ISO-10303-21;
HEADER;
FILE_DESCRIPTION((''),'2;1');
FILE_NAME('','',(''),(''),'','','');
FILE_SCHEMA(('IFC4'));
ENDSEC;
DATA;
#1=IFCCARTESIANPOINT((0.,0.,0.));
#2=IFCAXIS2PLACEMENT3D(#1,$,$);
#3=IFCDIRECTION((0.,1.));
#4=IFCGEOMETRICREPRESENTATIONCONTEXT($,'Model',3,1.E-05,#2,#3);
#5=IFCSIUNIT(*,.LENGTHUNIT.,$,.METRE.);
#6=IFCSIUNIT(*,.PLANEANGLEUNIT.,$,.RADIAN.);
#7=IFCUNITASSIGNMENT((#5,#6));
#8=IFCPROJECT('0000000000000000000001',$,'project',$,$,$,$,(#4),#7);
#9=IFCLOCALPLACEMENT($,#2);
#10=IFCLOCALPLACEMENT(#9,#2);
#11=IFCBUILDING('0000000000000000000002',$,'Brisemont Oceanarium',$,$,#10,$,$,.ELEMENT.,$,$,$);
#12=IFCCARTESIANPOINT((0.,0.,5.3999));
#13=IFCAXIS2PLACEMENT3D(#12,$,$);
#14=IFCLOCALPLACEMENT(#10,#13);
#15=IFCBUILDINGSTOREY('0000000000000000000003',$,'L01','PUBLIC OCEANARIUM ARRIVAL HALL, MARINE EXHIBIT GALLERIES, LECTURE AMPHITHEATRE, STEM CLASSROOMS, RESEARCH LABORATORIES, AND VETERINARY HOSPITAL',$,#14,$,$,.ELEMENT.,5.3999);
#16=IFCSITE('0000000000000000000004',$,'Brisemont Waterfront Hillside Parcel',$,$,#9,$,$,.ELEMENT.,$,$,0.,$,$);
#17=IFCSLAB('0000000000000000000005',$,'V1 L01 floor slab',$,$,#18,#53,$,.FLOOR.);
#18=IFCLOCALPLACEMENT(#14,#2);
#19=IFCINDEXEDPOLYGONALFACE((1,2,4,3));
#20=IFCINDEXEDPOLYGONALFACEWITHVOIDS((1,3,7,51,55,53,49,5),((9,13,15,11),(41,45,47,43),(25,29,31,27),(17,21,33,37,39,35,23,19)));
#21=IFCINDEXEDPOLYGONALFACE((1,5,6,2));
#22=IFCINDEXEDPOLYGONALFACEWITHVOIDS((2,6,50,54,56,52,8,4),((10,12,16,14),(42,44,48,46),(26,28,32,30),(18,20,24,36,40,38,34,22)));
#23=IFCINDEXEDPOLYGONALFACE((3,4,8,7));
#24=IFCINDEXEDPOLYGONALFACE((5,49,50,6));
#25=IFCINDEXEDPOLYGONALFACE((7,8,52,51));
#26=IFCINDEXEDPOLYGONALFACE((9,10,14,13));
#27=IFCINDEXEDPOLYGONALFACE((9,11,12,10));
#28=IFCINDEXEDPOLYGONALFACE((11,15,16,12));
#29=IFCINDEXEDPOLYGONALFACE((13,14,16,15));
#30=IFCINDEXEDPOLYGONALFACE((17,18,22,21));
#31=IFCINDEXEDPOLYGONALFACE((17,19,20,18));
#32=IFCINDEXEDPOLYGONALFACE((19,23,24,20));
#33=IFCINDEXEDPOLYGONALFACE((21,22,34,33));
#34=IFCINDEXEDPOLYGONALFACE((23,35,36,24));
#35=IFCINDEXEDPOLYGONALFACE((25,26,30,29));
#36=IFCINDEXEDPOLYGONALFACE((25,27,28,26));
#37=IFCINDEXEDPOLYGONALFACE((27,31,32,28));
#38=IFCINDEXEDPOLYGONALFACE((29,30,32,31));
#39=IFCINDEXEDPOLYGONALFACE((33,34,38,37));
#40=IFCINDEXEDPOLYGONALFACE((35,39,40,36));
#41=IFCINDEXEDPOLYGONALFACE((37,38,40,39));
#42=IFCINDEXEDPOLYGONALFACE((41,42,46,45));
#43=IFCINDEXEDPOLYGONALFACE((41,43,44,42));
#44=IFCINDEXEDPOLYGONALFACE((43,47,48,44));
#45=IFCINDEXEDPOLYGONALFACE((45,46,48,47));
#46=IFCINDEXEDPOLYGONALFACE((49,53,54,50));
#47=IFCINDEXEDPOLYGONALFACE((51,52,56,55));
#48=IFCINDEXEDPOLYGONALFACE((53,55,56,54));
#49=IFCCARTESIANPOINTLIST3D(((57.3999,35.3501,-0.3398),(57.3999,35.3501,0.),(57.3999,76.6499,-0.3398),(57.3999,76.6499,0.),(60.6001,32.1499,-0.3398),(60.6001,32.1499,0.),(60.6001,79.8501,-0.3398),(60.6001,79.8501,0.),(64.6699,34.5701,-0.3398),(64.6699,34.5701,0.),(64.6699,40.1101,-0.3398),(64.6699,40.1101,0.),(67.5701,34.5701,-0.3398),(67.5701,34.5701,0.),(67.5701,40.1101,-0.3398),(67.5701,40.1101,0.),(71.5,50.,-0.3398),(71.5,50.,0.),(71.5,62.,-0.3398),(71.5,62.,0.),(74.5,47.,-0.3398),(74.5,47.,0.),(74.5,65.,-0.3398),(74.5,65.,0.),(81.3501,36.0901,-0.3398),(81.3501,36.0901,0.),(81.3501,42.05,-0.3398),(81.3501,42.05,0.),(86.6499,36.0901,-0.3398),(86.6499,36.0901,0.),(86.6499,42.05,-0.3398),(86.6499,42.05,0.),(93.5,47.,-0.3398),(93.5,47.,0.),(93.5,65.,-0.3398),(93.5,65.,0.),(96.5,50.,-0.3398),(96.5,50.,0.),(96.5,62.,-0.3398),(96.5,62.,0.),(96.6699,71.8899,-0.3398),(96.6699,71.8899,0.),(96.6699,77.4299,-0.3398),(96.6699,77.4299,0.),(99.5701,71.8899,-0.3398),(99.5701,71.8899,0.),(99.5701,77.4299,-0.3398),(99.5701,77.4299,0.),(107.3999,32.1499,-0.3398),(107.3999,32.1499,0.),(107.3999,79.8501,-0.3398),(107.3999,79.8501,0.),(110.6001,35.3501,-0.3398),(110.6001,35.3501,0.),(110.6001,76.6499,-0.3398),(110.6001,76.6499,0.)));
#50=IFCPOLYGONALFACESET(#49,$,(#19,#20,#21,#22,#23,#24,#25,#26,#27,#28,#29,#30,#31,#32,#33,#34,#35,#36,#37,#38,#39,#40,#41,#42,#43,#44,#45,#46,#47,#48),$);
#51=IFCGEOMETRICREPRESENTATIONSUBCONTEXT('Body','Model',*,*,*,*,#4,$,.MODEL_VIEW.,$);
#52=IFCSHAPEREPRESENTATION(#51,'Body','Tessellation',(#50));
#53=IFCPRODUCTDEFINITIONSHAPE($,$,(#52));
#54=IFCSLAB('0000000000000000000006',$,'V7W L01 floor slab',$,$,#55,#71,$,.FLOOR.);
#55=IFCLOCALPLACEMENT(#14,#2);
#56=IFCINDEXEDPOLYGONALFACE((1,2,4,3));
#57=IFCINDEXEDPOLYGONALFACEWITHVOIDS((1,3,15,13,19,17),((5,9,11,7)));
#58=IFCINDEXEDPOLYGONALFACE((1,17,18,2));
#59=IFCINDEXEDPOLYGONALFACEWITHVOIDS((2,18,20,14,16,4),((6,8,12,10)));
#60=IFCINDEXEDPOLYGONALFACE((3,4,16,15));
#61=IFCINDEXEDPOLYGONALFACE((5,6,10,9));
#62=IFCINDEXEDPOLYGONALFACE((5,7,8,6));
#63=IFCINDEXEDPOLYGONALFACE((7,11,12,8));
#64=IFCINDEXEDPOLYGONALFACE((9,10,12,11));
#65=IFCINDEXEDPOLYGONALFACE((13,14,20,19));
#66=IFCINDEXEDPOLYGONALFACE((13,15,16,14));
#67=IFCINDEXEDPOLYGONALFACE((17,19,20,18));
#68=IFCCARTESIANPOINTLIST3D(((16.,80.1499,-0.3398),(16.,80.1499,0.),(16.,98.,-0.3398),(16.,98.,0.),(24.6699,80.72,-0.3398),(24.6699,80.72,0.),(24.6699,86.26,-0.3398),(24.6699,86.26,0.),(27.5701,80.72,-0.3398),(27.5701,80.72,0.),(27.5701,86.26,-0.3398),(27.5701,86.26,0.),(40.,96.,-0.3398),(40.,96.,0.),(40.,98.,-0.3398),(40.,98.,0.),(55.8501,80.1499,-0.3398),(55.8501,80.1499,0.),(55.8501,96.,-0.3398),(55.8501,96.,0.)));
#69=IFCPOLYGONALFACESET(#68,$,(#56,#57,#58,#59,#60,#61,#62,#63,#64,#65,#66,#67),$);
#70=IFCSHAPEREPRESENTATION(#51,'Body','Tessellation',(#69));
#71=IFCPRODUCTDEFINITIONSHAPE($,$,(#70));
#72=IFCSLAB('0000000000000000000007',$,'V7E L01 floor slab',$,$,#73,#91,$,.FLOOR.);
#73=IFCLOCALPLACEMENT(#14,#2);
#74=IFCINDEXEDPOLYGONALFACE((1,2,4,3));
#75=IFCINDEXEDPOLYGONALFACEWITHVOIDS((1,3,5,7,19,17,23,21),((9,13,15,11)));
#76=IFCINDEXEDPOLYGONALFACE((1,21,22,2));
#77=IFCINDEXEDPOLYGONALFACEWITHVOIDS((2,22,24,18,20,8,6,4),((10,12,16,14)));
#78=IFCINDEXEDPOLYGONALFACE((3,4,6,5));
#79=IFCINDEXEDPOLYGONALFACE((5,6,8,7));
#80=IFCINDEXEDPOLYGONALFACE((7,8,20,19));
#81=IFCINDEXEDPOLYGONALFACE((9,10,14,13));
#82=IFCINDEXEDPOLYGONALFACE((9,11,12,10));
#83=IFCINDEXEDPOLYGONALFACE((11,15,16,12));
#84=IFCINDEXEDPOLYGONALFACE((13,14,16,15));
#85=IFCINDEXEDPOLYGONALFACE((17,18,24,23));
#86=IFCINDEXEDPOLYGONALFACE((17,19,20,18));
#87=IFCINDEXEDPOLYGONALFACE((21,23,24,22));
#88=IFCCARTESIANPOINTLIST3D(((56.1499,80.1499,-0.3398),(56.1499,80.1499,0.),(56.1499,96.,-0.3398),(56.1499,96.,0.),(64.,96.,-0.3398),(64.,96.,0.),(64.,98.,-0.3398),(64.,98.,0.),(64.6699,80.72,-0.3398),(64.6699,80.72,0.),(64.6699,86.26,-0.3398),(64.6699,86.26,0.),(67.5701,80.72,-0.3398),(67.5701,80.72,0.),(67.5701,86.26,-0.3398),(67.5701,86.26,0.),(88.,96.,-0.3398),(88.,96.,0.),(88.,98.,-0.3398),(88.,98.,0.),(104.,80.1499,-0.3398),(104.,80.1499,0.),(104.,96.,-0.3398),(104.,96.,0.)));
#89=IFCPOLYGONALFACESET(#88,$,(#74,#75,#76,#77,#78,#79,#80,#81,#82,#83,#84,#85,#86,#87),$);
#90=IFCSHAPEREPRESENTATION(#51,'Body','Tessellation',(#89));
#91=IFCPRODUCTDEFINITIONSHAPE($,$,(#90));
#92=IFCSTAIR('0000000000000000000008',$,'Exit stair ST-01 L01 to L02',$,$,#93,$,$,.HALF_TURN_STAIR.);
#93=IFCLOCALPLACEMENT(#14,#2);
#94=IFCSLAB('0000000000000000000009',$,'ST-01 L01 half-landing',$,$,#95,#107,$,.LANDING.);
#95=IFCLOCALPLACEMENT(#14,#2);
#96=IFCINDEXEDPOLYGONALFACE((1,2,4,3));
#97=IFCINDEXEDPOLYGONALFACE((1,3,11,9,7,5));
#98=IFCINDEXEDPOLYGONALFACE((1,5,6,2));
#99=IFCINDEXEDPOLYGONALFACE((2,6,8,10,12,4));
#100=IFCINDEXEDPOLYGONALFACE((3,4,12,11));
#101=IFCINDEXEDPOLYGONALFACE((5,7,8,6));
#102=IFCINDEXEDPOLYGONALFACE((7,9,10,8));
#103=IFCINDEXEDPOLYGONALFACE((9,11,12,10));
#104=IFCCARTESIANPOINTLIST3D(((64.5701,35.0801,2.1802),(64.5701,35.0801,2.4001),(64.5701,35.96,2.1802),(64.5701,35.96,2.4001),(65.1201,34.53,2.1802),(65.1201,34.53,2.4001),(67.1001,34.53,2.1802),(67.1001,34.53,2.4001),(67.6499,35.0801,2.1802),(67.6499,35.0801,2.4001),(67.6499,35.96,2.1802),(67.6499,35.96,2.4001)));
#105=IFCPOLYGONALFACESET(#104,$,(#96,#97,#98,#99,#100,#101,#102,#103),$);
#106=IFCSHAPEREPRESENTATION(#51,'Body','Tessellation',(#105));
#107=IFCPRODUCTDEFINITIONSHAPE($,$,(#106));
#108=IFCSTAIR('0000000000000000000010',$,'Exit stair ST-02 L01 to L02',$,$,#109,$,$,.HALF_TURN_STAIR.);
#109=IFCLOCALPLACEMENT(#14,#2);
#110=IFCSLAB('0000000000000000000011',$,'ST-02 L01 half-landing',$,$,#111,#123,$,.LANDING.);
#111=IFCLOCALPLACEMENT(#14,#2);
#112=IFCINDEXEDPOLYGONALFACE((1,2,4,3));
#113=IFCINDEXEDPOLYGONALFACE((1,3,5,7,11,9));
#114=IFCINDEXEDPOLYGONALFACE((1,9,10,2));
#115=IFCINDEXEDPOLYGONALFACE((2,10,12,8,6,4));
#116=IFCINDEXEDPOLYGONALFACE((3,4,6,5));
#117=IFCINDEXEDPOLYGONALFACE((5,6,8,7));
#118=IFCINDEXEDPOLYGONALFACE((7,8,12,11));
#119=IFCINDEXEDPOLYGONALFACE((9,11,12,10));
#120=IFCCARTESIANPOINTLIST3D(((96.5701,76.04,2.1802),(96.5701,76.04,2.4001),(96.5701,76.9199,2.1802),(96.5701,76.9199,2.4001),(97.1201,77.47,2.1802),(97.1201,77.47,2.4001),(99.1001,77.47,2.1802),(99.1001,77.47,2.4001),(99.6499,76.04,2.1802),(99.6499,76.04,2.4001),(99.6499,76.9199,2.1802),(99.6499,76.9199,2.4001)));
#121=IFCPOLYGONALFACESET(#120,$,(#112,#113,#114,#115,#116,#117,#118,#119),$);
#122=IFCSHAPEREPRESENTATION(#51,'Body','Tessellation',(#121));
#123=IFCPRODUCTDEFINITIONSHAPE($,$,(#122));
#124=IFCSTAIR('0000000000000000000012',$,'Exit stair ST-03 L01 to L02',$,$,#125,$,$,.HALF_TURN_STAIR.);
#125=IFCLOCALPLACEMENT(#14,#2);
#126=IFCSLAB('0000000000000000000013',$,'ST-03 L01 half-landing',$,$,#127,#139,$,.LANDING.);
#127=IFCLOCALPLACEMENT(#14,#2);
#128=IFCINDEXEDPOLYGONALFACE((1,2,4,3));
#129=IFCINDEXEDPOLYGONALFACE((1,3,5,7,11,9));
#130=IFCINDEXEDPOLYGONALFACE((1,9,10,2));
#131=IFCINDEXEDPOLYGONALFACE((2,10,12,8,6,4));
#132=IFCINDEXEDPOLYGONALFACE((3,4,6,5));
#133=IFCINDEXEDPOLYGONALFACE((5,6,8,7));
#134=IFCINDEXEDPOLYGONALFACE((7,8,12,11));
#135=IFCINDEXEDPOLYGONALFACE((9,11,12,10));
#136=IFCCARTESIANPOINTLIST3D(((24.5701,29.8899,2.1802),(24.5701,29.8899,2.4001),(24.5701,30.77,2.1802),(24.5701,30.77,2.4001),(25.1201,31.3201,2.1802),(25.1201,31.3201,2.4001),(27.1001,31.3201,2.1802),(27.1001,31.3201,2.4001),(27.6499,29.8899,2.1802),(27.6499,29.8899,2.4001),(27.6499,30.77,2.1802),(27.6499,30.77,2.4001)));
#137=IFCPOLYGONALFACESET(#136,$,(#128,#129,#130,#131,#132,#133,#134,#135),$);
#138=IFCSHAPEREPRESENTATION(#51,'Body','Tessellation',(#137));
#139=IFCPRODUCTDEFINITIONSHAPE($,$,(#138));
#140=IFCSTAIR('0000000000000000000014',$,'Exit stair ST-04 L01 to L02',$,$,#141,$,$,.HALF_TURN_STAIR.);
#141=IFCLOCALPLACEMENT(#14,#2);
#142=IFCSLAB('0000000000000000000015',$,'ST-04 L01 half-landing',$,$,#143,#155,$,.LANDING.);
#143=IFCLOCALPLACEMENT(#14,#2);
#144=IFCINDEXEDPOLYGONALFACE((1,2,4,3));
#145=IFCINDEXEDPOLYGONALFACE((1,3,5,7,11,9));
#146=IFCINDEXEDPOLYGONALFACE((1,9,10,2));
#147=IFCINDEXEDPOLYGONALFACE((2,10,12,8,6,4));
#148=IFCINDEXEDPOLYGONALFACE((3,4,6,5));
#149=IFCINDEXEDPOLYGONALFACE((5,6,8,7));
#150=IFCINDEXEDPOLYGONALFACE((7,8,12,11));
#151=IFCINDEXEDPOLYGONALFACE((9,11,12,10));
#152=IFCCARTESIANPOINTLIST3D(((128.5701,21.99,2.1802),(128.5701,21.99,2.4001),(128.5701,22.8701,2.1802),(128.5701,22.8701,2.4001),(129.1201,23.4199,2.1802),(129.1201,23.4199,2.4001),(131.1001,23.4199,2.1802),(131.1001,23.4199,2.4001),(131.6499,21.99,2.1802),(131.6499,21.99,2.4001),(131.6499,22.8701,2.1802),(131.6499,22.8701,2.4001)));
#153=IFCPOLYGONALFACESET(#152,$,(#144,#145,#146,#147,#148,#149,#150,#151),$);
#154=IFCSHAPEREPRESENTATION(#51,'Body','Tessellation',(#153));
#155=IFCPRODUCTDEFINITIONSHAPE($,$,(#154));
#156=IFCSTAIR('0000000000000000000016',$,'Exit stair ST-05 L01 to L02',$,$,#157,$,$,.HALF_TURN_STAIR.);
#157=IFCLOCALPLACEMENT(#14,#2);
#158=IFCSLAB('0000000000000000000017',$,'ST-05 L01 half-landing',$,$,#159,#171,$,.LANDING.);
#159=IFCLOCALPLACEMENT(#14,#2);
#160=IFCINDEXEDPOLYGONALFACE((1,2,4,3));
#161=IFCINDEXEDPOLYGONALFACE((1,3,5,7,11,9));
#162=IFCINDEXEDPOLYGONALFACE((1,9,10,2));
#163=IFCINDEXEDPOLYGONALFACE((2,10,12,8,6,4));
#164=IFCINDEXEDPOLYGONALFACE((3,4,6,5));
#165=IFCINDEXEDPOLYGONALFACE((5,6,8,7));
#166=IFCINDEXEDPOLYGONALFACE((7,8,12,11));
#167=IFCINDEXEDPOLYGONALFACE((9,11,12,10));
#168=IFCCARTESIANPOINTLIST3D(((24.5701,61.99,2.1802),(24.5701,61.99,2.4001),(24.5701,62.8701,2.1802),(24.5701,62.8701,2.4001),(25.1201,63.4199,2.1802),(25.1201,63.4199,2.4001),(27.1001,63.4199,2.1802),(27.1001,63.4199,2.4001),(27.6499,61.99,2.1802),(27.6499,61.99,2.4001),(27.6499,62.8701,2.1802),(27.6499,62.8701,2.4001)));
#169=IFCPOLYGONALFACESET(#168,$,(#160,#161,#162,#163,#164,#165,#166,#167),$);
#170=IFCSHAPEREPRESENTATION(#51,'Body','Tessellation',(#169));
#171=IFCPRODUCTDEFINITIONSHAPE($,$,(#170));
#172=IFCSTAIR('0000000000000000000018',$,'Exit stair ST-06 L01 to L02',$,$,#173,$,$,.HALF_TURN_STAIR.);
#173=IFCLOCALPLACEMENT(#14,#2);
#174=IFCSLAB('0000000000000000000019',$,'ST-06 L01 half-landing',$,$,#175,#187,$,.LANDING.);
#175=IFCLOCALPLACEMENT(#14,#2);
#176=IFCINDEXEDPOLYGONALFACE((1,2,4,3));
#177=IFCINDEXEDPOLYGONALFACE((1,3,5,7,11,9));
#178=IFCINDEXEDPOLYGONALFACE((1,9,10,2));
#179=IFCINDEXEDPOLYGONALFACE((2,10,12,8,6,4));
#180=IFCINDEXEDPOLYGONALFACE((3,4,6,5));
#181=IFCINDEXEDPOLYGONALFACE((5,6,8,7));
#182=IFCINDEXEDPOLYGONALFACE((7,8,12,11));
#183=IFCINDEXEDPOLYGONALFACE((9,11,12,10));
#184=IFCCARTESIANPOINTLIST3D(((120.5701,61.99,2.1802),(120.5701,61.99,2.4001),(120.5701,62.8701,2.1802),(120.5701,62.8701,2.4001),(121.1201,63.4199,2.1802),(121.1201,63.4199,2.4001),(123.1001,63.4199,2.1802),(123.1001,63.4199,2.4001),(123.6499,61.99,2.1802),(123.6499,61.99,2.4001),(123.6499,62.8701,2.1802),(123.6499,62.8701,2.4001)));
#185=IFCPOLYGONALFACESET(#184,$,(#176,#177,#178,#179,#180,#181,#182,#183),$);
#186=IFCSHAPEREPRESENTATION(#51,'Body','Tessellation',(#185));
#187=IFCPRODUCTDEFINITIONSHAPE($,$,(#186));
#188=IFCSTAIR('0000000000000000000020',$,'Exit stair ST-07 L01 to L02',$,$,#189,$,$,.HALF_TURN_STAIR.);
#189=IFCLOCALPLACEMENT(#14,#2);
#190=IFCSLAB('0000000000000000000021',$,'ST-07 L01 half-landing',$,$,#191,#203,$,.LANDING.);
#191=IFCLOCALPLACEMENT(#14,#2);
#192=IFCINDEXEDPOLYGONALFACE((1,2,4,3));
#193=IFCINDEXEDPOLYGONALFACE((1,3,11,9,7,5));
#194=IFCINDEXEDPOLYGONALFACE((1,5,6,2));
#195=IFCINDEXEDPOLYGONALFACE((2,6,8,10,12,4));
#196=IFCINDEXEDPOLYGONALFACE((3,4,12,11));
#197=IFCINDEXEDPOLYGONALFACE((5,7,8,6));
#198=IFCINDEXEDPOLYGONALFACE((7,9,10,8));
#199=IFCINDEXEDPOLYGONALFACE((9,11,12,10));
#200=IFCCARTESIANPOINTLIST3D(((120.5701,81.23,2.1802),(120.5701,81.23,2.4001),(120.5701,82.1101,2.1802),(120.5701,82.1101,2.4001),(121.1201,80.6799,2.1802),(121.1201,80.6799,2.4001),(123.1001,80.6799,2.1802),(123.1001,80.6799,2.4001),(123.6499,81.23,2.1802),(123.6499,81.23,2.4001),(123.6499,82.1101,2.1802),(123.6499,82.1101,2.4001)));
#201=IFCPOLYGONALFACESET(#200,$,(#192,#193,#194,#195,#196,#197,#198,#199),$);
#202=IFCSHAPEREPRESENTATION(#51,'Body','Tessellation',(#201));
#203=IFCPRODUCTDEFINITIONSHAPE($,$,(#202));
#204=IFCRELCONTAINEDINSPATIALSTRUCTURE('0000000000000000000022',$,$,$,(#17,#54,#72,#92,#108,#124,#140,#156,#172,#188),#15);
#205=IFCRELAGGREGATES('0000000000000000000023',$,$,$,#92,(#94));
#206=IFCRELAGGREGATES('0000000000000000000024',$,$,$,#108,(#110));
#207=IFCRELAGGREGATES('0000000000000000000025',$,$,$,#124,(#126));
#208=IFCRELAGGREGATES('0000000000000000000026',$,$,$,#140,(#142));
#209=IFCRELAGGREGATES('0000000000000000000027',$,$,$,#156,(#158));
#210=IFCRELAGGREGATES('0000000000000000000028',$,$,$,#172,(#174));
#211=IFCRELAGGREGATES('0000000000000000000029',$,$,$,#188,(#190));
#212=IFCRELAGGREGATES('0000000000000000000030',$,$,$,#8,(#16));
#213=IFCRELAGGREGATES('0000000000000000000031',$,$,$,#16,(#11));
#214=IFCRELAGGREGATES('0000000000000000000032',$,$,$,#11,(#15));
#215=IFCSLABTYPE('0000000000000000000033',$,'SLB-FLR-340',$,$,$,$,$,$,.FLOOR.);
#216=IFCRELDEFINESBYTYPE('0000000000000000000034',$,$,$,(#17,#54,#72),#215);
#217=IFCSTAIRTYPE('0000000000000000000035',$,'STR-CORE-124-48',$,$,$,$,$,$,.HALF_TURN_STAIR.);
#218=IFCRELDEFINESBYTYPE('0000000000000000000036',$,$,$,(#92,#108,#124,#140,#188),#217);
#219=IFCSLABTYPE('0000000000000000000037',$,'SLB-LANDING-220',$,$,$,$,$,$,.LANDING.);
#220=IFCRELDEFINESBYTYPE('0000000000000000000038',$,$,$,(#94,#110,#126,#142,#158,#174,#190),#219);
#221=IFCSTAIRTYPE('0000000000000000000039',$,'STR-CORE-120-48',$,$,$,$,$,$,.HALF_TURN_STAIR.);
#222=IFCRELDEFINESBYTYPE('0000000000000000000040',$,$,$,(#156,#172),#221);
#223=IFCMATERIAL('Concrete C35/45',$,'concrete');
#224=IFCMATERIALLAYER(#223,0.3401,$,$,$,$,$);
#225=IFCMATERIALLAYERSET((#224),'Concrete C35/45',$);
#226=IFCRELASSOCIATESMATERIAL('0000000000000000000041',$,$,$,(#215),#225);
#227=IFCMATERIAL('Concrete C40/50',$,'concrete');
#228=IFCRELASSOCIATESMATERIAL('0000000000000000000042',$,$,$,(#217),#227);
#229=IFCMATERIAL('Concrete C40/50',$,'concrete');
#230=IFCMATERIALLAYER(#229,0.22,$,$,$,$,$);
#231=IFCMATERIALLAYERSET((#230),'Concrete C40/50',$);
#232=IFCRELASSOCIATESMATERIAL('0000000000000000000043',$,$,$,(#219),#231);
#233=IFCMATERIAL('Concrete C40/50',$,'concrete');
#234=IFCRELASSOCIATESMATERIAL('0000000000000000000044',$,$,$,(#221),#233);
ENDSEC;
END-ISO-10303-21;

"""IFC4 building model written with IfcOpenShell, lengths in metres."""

from ifc_helpers import new_model, si_unit, direction, frame, origin, place, context, subcontext, project, spatial, polyline, outline, extrude, material, layer, layer_set, type_object, element, aggregate, save


model = new_model("IFC4")

# Units and contexts
model_context = context("Model", 3, precision=1e-05, world=origin(), true_north=direction((0.0, 1.0)))
body_context = subcontext(model_context, "Body", "Model", "MODEL_VIEW")
ifc_project = project(units=[si_unit("LENGTHUNIT", "METRE"), si_unit("PLANEANGLEUNIT", "RADIAN")], contexts=[model_context])

# Site, building, storey
site_placement = place(None, origin())
site = spatial("IfcSite", under=ifc_project, at=site_placement, Name="Brisemont Waterfront Hillside Parcel", CompositionType="ELEMENT", RefElevation=0.0)
building_placement = place(site_placement, origin())
building = spatial("IfcBuilding", under=site, at=building_placement, Name="Brisemont Oceanarium", CompositionType="ELEMENT")
storey_placement = place(building_placement, frame((0.0, 0.0, 5.3999)))
storey = spatial("IfcBuildingStorey", under=building, at=storey_placement, Name="L01", Description="PUBLIC OCEANARIUM ARRIVAL HALL, MARINE EXHIBIT GALLERIES, LECTURE AMPHITHEATRE, STEM CLASSROOMS, RESEARCH LABORATORIES, AND VETERINARY HOSPITAL", CompositionType="ELEMENT", Elevation=5.3999)

# Slabs
ifc_material_1 = material(Name="Concrete C35/45", Category="concrete")
ifc_layer_1 = layer(ifc_material_1, 0.3401)
ifc_layer_set_1 = layer_set([ifc_layer_1], Name="Concrete C35/45")
slab_type_1 = type_object("IfcSlabType", Name="SLB-FLR-340", PredefinedType="FLOOR", material=ifc_layer_set_1)
slab_1_placement = place(storey_placement, frame((0.0, 0.0, -0.3398)))
element("IfcSlab", 1, at=slab_1_placement, inside=storey, type_object=slab_type_1, Name="V1 L01 floor slab", PredefinedType="FLOOR", context=body_context, shape_type="SweptSolid", body=[
    extrude(outline(polyline([(60.6001, 32.1499), (107.3999, 32.1499), (110.6001, 35.3501), (110.6001, 76.6499), (107.3999, 79.8501), (60.6001, 79.8501), (57.3999, 76.6499), (57.3999, 35.3501), (60.6001, 32.1499)]), holes=[polyline([(74.5, 47.0), (93.5, 47.0), (96.5, 50.0), (96.5, 62.0), (93.5, 65.0), (74.5, 65.0), (71.5, 62.0), (71.5, 50.0), (74.5, 47.0)]), polyline([(64.6699, 34.5701), (67.5701, 34.5701), (67.5701, 40.1101), (64.6699, 40.1101), (64.6699, 34.5701)]), polyline([(96.6699, 71.8899), (99.5701, 71.8899), (99.5701, 77.4299), (96.6699, 77.4299), (96.6699, 71.8899)]), polyline([(81.3501, 36.0901), (86.6499, 36.0901), (86.6499, 42.05), (81.3501, 42.05), (81.3501, 36.0901)])]), origin(), (0.0, 0.0, 1.0), 0.3398),
])
slab_2_placement = place(storey_placement, frame((0.0, 0.0, -0.3398)))
element("IfcSlab", 2, at=slab_2_placement, inside=storey, type_object=slab_type_1, Name="V7W L01 floor slab", PredefinedType="FLOOR", context=body_context, shape_type="SweptSolid", body=[
    extrude(outline(polyline([(16.0, 80.1499), (55.8501, 80.1499), (55.8501, 96.0), (40.0, 96.0), (40.0, 98.0), (16.0, 98.0), (16.0, 80.1499)]), holes=[polyline([(24.6699, 80.72), (27.5701, 80.72), (27.5701, 86.26), (24.6699, 86.26), (24.6699, 80.72)])]), origin(), (0.0, 0.0, 1.0), 0.3398),
])
slab_3_placement = place(storey_placement, frame((0.0, 0.0, -0.3398)))
element("IfcSlab", 3, at=slab_3_placement, inside=storey, type_object=slab_type_1, Name="V7E L01 floor slab", PredefinedType="FLOOR", context=body_context, shape_type="SweptSolid", body=[
    extrude(outline(polyline([(56.1499, 80.1499), (104.0, 80.1499), (104.0, 96.0), (88.0, 96.0), (88.0, 98.0), (64.0, 98.0), (64.0, 96.0), (56.1499, 96.0), (56.1499, 80.1499)]), holes=[polyline([(64.6699, 80.72), (67.5701, 80.72), (67.5701, 86.26), (64.6699, 86.26), (64.6699, 80.72)])]), origin(), (0.0, 0.0, 1.0), 0.3398),
])

# Stairs, slabs
ifc_material_2 = material(Name="Concrete C40/50", Category="concrete")
stair_type_1 = type_object("IfcStairType", Name="STR-CORE-124-48", PredefinedType="HALF_TURN_STAIR", material=ifc_material_2)
stair_1_placement = place(storey_placement, origin())
stair_1 = element("IfcStair", 4, at=stair_1_placement, inside=storey, type_object=stair_type_1, Name="Exit stair ST-01 L01 to L02", PredefinedType="HALF_TURN_STAIR")
ifc_material_3 = material(Name="Concrete C40/50", Category="concrete")
ifc_layer_2 = layer(ifc_material_3, 0.22)
ifc_layer_set_2 = layer_set([ifc_layer_2], Name="Concrete C40/50")
slab_type_2 = type_object("IfcSlabType", Name="SLB-LANDING-220", PredefinedType="LANDING", material=ifc_layer_set_2)
slab_4_placement = place(storey_placement, frame((0.0, 0.0, 2.1802)))
slab_4 = element("IfcSlab", 5, at=slab_4_placement, type_object=slab_type_2, Name="ST-01 L01 half-landing", PredefinedType="LANDING", context=body_context, shape_type="SweptSolid", body=[
    extrude(outline(polyline([(65.1201, 34.53), (67.1001, 34.53), (67.6499, 35.0801), (67.6499, 35.96), (64.5701, 35.96), (64.5701, 35.0801), (65.1201, 34.53)])), origin(), (0.0, 0.0, 1.0), 0.22),
])
aggregate(stair_1, [slab_4])
stair_2_placement = place(storey_placement, origin())
stair_2 = element("IfcStair", 6, at=stair_2_placement, inside=storey, type_object=stair_type_1, Name="Exit stair ST-02 L01 to L02", PredefinedType="HALF_TURN_STAIR")
slab_5_placement = place(storey_placement, frame((0.0, 0.0, 2.1802)))
slab_5 = element("IfcSlab", 7, at=slab_5_placement, type_object=slab_type_2, Name="ST-02 L01 half-landing", PredefinedType="LANDING", context=body_context, shape_type="SweptSolid", body=[
    extrude(outline(polyline([(96.5701, 76.04), (99.6499, 76.04), (99.6499, 76.9199), (99.1001, 77.47), (97.1201, 77.47), (96.5701, 76.9199), (96.5701, 76.04)])), origin(), (0.0, 0.0, 1.0), 0.22),
])
aggregate(stair_2, [slab_5])
stair_3_placement = place(storey_placement, origin())
stair_3 = element("IfcStair", 8, at=stair_3_placement, inside=storey, type_object=stair_type_1, Name="Exit stair ST-03 L01 to L02", PredefinedType="HALF_TURN_STAIR")
slab_6_placement = place(storey_placement, frame((0.0, 0.0, 2.1802)))
slab_6 = element("IfcSlab", 9, at=slab_6_placement, type_object=slab_type_2, Name="ST-03 L01 half-landing", PredefinedType="LANDING", context=body_context, shape_type="SweptSolid", body=[
    extrude(outline(polyline([(24.5701, 29.8899), (27.6499, 29.8899), (27.6499, 30.77), (27.1001, 31.3201), (25.1201, 31.3201), (24.5701, 30.77), (24.5701, 29.8899)])), origin(), (0.0, 0.0, 1.0), 0.22),
])
aggregate(stair_3, [slab_6])
stair_4_placement = place(storey_placement, origin())
stair_4 = element("IfcStair", 10, at=stair_4_placement, inside=storey, type_object=stair_type_1, Name="Exit stair ST-04 L01 to L02", PredefinedType="HALF_TURN_STAIR")
slab_7_placement = place(storey_placement, frame((0.0, 0.0, 2.1802)))
slab_7 = element("IfcSlab", 11, at=slab_7_placement, type_object=slab_type_2, Name="ST-04 L01 half-landing", PredefinedType="LANDING", context=body_context, shape_type="SweptSolid", body=[
    extrude(outline(polyline([(128.5701, 21.99), (131.6499, 21.99), (131.6499, 22.8701), (131.1001, 23.4199), (129.1201, 23.4199), (128.5701, 22.8701), (128.5701, 21.99)])), origin(), (0.0, 0.0, 1.0), 0.22),
])
aggregate(stair_4, [slab_7])
ifc_material_4 = material(Name="Concrete C40/50", Category="concrete")
stair_type_2 = type_object("IfcStairType", Name="STR-CORE-120-48", PredefinedType="HALF_TURN_STAIR", material=ifc_material_4)
stair_5_placement = place(storey_placement, origin())
stair_5 = element("IfcStair", 12, at=stair_5_placement, inside=storey, type_object=stair_type_2, Name="Exit stair ST-05 L01 to L02", PredefinedType="HALF_TURN_STAIR")
slab_8_placement = place(storey_placement, frame((0.0, 0.0, 2.1802)))
slab_8 = element("IfcSlab", 13, at=slab_8_placement, type_object=slab_type_2, Name="ST-05 L01 half-landing", PredefinedType="LANDING", context=body_context, shape_type="SweptSolid", body=[
    extrude(outline(polyline([(24.5701, 61.99), (27.6499, 61.99), (27.6499, 62.8701), (27.1001, 63.4199), (25.1201, 63.4199), (24.5701, 62.8701), (24.5701, 61.99)])), origin(), (0.0, 0.0, 1.0), 0.22),
])
aggregate(stair_5, [slab_8])
stair_6_placement = place(storey_placement, origin())
stair_6 = element("IfcStair", 14, at=stair_6_placement, inside=storey, type_object=stair_type_2, Name="Exit stair ST-06 L01 to L02", PredefinedType="HALF_TURN_STAIR")
slab_9_placement = place(storey_placement, frame((0.0, 0.0, 2.1802)))
slab_9 = element("IfcSlab", 15, at=slab_9_placement, type_object=slab_type_2, Name="ST-06 L01 half-landing", PredefinedType="LANDING", context=body_context, shape_type="SweptSolid", body=[
    extrude(outline(polyline([(120.5701, 61.99), (123.6499, 61.99), (123.6499, 62.8701), (123.1001, 63.4199), (121.1201, 63.4199), (120.5701, 62.8701), (120.5701, 61.99)])), origin(), (0.0, 0.0, 1.0), 0.22),
])
aggregate(stair_6, [slab_9])
stair_7_placement = place(storey_placement, origin())
stair_7 = element("IfcStair", 16, at=stair_7_placement, inside=storey, type_object=stair_type_1, Name="Exit stair ST-07 L01 to L02", PredefinedType="HALF_TURN_STAIR")
slab_10_placement = place(storey_placement, frame((0.0, 0.0, 2.1802)))
slab_10 = element("IfcSlab", 17, at=slab_10_placement, type_object=slab_type_2, Name="ST-07 L01 half-landing", PredefinedType="LANDING", context=body_context, shape_type="SweptSolid", body=[
    extrude(outline(polyline([(121.1201, 80.6799), (123.1001, 80.6799), (123.6499, 81.23), (123.6499, 82.1101), (120.5701, 82.1101), (120.5701, 81.23), (121.1201, 80.6799)])), origin(), (0.0, 0.0, 1.0), 0.22),
])
aggregate(stair_7, [slab_10])

save(model, "model.ifc")
